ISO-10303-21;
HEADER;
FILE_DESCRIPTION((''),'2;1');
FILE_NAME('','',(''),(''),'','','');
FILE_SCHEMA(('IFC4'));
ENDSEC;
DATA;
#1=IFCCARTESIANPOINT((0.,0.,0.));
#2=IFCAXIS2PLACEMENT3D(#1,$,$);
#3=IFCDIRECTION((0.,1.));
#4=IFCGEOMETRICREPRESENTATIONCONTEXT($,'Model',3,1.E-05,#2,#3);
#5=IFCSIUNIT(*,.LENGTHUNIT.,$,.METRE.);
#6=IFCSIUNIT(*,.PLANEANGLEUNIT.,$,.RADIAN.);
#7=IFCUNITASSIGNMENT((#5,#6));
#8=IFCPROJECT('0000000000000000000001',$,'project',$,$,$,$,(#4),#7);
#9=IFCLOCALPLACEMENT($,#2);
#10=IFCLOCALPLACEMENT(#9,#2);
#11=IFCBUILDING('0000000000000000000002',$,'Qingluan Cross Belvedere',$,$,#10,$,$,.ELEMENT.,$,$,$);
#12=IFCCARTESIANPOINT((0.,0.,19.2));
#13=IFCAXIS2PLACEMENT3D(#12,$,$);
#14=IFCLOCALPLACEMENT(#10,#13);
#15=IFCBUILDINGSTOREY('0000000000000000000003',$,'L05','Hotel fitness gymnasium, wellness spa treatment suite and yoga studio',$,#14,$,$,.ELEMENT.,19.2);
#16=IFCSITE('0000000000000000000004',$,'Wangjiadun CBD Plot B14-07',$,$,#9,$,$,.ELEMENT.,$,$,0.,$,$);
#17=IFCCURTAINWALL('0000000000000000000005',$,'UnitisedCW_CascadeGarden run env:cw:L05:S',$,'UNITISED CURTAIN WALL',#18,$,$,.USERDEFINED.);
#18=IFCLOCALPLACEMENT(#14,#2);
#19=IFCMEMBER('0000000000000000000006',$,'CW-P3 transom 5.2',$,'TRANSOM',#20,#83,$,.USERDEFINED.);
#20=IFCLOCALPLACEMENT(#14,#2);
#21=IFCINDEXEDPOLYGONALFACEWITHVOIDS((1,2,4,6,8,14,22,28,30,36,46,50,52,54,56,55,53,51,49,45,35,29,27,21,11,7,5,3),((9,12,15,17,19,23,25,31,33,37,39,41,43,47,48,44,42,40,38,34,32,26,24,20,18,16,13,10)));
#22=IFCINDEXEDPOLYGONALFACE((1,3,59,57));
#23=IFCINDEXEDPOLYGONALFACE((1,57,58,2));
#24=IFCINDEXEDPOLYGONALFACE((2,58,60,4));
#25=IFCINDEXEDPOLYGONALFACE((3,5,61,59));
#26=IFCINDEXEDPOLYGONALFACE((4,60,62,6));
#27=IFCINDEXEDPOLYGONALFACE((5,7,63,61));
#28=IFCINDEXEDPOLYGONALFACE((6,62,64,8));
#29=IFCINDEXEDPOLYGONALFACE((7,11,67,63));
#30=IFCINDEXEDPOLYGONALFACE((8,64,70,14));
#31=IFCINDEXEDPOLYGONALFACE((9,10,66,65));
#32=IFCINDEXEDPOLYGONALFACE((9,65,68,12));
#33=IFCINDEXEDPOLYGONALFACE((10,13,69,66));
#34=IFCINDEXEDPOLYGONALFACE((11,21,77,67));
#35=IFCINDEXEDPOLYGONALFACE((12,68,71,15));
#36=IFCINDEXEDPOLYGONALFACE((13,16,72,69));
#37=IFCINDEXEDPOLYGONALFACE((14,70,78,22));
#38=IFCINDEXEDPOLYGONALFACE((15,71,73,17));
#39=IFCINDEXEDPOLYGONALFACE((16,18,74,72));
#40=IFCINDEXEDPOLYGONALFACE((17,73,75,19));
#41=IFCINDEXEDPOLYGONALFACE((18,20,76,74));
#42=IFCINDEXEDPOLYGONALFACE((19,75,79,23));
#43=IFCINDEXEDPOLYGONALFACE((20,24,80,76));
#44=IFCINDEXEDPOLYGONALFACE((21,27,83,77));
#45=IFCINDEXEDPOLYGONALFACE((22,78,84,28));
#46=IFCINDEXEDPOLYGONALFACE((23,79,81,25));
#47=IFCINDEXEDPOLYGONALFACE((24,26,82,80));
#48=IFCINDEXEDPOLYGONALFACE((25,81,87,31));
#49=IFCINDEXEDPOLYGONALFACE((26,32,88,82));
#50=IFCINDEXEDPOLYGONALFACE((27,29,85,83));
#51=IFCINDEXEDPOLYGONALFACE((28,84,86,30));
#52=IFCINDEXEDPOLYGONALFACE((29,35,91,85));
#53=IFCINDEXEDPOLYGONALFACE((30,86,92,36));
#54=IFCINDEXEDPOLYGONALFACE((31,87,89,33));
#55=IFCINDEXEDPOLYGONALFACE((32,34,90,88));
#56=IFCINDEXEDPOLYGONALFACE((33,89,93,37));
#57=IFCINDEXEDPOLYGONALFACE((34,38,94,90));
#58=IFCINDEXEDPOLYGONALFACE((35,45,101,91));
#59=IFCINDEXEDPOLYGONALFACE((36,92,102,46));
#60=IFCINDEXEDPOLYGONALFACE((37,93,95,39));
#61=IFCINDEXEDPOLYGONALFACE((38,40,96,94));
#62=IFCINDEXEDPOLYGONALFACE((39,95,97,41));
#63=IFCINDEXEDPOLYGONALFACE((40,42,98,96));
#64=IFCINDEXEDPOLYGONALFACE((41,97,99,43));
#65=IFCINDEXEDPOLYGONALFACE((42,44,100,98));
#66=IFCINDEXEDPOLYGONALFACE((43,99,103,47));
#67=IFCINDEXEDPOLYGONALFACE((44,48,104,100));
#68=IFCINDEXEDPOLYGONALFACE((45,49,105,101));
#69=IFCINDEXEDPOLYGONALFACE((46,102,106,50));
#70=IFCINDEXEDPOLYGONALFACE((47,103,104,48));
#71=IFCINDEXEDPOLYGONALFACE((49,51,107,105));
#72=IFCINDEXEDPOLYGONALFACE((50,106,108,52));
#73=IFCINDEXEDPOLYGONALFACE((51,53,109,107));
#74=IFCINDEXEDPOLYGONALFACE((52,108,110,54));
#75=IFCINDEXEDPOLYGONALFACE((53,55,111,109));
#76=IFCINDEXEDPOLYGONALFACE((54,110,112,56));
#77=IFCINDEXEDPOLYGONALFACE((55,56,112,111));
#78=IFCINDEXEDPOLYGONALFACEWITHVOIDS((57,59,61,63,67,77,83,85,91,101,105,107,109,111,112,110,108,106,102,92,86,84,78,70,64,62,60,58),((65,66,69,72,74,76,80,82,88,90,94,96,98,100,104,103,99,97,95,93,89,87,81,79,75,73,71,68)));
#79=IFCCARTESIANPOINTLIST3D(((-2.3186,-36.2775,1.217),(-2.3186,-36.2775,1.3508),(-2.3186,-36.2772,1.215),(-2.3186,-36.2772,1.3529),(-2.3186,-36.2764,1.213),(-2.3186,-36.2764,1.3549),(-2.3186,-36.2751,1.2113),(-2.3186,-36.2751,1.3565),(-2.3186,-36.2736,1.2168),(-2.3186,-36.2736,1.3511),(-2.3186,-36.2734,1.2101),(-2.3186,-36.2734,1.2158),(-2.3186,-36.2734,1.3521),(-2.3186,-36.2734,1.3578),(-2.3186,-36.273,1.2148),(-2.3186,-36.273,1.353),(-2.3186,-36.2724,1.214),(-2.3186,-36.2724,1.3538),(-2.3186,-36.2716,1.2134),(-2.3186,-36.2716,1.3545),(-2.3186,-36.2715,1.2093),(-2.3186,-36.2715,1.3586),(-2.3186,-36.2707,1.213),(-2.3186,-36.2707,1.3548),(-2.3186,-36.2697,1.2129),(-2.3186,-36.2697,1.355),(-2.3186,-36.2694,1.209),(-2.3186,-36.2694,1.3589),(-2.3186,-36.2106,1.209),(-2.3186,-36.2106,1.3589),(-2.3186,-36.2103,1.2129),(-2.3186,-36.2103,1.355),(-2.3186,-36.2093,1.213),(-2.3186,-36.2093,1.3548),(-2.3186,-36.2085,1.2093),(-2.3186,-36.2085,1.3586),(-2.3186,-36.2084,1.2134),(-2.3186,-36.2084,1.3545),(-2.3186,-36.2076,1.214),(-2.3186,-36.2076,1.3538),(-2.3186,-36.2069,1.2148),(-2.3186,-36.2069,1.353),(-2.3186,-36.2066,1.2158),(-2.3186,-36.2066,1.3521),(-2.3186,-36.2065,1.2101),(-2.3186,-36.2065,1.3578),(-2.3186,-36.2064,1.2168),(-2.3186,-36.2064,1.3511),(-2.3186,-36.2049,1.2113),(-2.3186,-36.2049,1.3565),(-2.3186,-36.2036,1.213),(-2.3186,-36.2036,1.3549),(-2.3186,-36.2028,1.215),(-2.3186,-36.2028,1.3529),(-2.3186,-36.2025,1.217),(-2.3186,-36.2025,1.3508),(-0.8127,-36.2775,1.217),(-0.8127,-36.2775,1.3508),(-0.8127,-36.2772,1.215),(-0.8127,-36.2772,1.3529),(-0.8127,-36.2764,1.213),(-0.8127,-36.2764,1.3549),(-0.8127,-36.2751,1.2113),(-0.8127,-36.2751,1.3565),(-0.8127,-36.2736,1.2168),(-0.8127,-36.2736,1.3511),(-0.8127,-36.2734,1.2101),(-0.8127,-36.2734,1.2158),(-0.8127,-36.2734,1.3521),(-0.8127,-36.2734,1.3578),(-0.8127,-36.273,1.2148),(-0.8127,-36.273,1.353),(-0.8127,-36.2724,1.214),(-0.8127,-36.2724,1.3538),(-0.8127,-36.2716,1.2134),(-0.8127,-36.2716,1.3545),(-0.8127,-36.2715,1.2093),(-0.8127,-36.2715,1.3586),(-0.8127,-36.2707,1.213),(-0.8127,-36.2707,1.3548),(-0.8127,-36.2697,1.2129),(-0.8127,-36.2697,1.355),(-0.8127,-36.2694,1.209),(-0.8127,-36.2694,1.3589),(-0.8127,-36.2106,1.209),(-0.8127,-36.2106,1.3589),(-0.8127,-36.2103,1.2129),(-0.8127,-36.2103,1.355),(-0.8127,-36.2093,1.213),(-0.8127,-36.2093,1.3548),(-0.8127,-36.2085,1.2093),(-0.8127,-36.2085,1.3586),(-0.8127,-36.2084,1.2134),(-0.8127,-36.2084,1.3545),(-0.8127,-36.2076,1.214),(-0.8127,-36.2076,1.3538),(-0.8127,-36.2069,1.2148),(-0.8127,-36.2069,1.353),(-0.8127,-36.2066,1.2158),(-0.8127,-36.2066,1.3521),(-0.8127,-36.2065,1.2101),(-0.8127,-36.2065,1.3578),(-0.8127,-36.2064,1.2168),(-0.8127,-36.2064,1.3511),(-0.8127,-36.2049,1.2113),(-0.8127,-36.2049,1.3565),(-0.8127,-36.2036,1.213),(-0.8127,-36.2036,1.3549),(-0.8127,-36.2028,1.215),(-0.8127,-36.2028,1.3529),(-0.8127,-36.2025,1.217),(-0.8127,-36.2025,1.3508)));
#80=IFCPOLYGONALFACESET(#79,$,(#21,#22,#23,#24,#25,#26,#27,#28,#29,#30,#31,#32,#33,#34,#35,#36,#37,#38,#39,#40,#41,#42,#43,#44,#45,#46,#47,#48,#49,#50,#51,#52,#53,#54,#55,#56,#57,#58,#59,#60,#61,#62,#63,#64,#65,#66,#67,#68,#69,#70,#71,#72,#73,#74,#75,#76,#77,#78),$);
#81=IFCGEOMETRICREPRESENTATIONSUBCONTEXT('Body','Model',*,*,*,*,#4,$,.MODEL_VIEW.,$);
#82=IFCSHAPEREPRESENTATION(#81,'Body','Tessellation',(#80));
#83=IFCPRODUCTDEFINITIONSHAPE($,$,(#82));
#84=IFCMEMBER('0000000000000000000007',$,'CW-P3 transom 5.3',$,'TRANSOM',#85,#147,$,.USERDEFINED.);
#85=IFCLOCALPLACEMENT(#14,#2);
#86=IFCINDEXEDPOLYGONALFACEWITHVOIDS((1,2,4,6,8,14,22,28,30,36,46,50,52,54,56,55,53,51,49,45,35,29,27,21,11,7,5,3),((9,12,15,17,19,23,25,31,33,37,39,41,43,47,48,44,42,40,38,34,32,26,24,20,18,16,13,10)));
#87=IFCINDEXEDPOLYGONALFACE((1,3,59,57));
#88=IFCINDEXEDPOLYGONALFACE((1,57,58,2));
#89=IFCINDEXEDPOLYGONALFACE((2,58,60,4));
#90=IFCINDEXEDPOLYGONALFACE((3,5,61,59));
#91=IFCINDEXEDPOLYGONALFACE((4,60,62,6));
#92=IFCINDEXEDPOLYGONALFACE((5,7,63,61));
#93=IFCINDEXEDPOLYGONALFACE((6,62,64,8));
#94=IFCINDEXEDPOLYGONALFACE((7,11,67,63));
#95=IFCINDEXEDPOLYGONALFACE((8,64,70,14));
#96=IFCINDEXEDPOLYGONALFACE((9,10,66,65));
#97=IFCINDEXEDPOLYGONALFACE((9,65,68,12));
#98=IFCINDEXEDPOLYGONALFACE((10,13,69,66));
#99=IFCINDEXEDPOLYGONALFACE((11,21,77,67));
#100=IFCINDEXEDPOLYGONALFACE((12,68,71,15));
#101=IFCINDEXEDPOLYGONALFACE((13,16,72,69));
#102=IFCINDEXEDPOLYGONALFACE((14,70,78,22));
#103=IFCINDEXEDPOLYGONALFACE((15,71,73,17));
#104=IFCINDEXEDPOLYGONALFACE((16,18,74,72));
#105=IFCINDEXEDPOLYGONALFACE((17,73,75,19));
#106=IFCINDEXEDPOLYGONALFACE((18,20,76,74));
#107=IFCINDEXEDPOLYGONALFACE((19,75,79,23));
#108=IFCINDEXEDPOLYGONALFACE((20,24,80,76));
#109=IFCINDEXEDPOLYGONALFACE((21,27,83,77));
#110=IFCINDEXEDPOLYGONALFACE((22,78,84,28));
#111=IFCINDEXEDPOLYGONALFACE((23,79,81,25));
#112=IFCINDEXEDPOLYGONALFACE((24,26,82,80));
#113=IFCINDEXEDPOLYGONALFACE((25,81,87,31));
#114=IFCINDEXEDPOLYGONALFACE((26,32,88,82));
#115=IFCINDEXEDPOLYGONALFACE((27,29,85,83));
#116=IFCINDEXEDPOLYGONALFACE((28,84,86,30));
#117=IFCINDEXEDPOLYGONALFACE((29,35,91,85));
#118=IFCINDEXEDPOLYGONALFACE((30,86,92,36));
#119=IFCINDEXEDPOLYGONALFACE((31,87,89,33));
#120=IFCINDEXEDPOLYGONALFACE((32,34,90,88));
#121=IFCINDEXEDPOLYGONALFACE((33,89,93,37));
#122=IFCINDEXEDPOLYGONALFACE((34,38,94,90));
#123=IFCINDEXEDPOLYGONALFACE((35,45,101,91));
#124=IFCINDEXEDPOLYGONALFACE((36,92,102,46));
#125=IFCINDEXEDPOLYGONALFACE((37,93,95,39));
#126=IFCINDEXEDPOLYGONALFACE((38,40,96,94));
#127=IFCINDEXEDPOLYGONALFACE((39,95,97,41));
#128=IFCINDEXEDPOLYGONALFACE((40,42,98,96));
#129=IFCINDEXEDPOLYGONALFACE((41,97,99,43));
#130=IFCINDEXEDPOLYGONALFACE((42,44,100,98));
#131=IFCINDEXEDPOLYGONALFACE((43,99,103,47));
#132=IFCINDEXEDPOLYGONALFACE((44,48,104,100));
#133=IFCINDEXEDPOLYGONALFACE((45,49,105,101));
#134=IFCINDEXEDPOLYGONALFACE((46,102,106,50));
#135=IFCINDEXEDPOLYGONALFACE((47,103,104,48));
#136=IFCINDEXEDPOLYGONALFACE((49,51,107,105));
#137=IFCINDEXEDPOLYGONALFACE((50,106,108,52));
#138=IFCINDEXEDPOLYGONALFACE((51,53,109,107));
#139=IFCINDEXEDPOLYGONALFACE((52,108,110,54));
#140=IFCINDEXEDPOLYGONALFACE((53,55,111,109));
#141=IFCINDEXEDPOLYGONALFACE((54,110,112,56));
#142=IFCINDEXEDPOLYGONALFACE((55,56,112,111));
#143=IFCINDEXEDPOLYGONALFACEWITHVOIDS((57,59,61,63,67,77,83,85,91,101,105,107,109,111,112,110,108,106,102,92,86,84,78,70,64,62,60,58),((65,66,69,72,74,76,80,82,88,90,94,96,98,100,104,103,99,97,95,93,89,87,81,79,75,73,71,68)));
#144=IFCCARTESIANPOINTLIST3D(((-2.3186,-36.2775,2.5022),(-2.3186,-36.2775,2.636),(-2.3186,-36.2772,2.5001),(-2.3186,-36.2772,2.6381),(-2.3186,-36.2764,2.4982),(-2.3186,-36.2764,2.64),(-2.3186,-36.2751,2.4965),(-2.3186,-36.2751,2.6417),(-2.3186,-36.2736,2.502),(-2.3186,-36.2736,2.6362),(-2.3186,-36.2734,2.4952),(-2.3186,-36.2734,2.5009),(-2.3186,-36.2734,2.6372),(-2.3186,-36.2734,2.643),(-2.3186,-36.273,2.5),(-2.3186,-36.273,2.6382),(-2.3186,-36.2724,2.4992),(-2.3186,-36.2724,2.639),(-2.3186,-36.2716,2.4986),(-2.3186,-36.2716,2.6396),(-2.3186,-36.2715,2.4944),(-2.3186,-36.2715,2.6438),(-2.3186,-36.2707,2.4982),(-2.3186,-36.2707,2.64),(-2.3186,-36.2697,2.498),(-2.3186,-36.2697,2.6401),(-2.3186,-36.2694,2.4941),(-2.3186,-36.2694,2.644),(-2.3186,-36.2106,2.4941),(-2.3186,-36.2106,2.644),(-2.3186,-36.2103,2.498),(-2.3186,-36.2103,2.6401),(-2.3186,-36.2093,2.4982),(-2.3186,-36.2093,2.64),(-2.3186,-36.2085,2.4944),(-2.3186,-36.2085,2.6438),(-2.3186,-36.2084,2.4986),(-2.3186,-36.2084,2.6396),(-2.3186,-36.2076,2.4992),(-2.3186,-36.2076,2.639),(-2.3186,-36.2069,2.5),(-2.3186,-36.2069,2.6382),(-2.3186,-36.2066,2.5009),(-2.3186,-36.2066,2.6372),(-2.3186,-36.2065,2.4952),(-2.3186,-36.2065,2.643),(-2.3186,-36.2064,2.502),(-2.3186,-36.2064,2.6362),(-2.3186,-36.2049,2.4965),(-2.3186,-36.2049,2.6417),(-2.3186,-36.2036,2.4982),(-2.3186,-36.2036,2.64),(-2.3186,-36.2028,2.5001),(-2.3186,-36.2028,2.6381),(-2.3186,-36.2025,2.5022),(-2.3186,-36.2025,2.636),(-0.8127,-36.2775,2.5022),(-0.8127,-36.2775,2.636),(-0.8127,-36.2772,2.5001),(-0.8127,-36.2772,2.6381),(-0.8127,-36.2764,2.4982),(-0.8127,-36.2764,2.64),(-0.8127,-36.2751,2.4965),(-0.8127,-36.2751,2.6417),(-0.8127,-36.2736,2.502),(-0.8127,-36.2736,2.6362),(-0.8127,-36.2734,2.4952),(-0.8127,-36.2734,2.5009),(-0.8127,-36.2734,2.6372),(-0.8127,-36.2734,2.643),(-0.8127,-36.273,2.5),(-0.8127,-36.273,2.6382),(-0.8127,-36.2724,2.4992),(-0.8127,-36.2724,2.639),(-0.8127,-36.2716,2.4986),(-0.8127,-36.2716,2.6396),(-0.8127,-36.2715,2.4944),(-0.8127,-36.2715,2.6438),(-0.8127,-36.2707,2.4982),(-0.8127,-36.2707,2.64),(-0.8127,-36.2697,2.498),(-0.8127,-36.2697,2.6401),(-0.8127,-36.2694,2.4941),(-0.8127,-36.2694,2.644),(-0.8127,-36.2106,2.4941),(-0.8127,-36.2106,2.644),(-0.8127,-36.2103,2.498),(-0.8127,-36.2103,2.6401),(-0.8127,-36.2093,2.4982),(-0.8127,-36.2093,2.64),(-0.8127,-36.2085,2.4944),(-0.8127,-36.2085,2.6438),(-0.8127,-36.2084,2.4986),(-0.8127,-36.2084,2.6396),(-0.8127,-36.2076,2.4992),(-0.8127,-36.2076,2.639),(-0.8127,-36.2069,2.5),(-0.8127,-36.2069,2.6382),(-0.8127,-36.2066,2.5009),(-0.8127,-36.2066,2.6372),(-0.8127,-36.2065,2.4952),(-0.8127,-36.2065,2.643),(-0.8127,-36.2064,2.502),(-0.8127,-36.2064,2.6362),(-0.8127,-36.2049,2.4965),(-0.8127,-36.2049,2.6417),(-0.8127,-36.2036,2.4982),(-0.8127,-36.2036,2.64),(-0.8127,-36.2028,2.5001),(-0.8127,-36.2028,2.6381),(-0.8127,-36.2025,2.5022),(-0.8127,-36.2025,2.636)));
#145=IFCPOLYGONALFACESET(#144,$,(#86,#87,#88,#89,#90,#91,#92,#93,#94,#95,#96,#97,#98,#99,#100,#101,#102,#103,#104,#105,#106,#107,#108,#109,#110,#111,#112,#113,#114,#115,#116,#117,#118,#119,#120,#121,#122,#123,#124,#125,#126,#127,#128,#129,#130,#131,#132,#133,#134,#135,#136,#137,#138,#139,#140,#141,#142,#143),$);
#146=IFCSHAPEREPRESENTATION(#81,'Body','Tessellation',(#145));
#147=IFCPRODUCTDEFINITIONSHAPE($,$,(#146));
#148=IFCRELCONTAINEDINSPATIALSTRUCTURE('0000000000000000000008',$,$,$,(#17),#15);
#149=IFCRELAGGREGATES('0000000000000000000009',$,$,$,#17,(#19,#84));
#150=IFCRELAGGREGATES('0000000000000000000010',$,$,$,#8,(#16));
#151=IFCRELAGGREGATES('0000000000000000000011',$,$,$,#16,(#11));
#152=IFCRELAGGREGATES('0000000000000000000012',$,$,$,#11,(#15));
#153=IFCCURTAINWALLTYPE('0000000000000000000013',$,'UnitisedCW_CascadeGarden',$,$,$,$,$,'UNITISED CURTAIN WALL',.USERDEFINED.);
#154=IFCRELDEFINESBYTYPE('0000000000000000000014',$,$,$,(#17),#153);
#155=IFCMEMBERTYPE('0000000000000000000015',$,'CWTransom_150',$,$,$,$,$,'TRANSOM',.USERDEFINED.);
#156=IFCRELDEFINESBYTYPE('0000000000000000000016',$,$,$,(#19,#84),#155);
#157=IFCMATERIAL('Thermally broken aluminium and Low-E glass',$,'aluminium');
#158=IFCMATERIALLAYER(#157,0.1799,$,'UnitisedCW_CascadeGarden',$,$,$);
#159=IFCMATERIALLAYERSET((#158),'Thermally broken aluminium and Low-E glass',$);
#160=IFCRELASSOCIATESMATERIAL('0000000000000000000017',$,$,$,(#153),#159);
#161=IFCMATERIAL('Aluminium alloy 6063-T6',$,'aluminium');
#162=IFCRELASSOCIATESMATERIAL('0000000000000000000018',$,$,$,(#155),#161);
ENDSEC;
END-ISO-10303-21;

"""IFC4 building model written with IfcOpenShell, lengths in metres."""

from ifc_helpers import new_model, si_unit, direction, frame, origin, origin_2d, place, context, subcontext, project, spatial, hollow_rectangle, extrude, material, layer, layer_set, material_profile, profile_set, type_object, element, aggregate, save


model = new_model("IFC4")

# Units and contexts
model_context = context("Model", 3, precision=1e-05, world=origin(), true_north=direction((0.0, 1.0)))
body_context = subcontext(model_context, "Body", "Model", "MODEL_VIEW")
ifc_project = project(units=[si_unit("LENGTHUNIT", "METRE"), si_unit("PLANEANGLEUNIT", "RADIAN")], contexts=[model_context])

# Site, building, storey
site_placement = place(None, origin())
site = spatial("IfcSite", under=ifc_project, at=site_placement, Name="Wangjiadun CBD Plot B14-07", CompositionType="ELEMENT", RefElevation=0.0)
building_placement = place(site_placement, origin())
building = spatial("IfcBuilding", under=site, at=building_placement, Name="Qingluan Cross Belvedere", CompositionType="ELEMENT")
storey_placement = place(building_placement, frame((0.0, 0.0, 19.2)))
storey = spatial("IfcBuildingStorey", under=building, at=storey_placement, Name="L05", Description="Hotel fitness gymnasium, wellness spa treatment suite and yoga studio", CompositionType="ELEMENT", Elevation=19.2)

# Curtain wall, members
ifc_material_1 = material(Name="Thermally broken aluminium and Low-E glass", Category="aluminium")
ifc_layer_1 = layer(ifc_material_1, 0.1799, Name="UnitisedCW_CascadeGarden")
ifc_layer_set_1 = layer_set([ifc_layer_1], Name="Thermally broken aluminium and Low-E glass")
curtain_wall_type = type_object("IfcCurtainWallType", Name="UnitisedCW_CascadeGarden", ElementType="UNITISED CURTAIN WALL", PredefinedType="USERDEFINED", material=ifc_layer_set_1)
curtain_wall_placement = place(storey_placement, origin())
curtain_wall = element("IfcCurtainWall", 1, at=curtain_wall_placement, inside=storey, type_object=curtain_wall_type, Name="UnitisedCW_CascadeGarden run env:cw:L05:S", ObjectType="UNITISED CURTAIN WALL", PredefinedType="USERDEFINED")
ifc_material_2 = material(Name="Aluminium alloy 6063-T6", Category="aluminium")
ifc_material_profile_1 = material_profile(ifc_material_2, hollow_rectangle(XDim=0.075, YDim=0.1499, WallThickness=0.0039, InnerFilletRadius=0.0039, OuterFilletRadius=0.0081, at=origin_2d()), Name="CWT150x75x4")
ifc_profile_set_1 = profile_set([ifc_material_profile_1], Name="Aluminium alloy 6063-T6")
member_type_1 = type_object("IfcMemberType", Name="CWTransom_150", ElementType="TRANSOM", PredefinedType="USERDEFINED", material=ifc_profile_set_1)
member_1_placement = place(storey_placement, frame((-0.8127, -36.24, 1.2839), z_axis=(-1.0, 0.0, 0.0), x_axis=(0.0, -1.0, 0.0)))
member_1 = element("IfcMember", 2, at=member_1_placement, type_object=member_type_1, Name="CW-P3 transom 5.2", ObjectType="TRANSOM", PredefinedType="USERDEFINED", context=body_context, shape_type="SweptSolid", body=[
    extrude(hollow_rectangle(XDim=0.075, YDim=0.1499, WallThickness=0.0039, InnerFilletRadius=0.0039, OuterFilletRadius=0.0081, at=origin_2d()), origin(), (0.0, 0.0, 1.0), 1.5059),
])
member_2_placement = place(storey_placement, frame((-0.8127, -36.24, 2.5691), z_axis=(-1.0, 0.0, 0.0), x_axis=(0.0, -1.0, 0.0)))
member_2 = element("IfcMember", 3, at=member_2_placement, type_object=member_type_1, Name="CW-P3 transom 5.3", ObjectType="TRANSOM", PredefinedType="USERDEFINED", context=body_context, shape_type="SweptSolid", body=[
    extrude(hollow_rectangle(XDim=0.075, YDim=0.1499, WallThickness=0.0039, InnerFilletRadius=0.0039, OuterFilletRadius=0.0081, at=origin_2d()), origin(), (0.0, 0.0, 1.0), 1.5059),
])

aggregate(curtain_wall, [member_1, member_2])

save(model, "model.ifc")
